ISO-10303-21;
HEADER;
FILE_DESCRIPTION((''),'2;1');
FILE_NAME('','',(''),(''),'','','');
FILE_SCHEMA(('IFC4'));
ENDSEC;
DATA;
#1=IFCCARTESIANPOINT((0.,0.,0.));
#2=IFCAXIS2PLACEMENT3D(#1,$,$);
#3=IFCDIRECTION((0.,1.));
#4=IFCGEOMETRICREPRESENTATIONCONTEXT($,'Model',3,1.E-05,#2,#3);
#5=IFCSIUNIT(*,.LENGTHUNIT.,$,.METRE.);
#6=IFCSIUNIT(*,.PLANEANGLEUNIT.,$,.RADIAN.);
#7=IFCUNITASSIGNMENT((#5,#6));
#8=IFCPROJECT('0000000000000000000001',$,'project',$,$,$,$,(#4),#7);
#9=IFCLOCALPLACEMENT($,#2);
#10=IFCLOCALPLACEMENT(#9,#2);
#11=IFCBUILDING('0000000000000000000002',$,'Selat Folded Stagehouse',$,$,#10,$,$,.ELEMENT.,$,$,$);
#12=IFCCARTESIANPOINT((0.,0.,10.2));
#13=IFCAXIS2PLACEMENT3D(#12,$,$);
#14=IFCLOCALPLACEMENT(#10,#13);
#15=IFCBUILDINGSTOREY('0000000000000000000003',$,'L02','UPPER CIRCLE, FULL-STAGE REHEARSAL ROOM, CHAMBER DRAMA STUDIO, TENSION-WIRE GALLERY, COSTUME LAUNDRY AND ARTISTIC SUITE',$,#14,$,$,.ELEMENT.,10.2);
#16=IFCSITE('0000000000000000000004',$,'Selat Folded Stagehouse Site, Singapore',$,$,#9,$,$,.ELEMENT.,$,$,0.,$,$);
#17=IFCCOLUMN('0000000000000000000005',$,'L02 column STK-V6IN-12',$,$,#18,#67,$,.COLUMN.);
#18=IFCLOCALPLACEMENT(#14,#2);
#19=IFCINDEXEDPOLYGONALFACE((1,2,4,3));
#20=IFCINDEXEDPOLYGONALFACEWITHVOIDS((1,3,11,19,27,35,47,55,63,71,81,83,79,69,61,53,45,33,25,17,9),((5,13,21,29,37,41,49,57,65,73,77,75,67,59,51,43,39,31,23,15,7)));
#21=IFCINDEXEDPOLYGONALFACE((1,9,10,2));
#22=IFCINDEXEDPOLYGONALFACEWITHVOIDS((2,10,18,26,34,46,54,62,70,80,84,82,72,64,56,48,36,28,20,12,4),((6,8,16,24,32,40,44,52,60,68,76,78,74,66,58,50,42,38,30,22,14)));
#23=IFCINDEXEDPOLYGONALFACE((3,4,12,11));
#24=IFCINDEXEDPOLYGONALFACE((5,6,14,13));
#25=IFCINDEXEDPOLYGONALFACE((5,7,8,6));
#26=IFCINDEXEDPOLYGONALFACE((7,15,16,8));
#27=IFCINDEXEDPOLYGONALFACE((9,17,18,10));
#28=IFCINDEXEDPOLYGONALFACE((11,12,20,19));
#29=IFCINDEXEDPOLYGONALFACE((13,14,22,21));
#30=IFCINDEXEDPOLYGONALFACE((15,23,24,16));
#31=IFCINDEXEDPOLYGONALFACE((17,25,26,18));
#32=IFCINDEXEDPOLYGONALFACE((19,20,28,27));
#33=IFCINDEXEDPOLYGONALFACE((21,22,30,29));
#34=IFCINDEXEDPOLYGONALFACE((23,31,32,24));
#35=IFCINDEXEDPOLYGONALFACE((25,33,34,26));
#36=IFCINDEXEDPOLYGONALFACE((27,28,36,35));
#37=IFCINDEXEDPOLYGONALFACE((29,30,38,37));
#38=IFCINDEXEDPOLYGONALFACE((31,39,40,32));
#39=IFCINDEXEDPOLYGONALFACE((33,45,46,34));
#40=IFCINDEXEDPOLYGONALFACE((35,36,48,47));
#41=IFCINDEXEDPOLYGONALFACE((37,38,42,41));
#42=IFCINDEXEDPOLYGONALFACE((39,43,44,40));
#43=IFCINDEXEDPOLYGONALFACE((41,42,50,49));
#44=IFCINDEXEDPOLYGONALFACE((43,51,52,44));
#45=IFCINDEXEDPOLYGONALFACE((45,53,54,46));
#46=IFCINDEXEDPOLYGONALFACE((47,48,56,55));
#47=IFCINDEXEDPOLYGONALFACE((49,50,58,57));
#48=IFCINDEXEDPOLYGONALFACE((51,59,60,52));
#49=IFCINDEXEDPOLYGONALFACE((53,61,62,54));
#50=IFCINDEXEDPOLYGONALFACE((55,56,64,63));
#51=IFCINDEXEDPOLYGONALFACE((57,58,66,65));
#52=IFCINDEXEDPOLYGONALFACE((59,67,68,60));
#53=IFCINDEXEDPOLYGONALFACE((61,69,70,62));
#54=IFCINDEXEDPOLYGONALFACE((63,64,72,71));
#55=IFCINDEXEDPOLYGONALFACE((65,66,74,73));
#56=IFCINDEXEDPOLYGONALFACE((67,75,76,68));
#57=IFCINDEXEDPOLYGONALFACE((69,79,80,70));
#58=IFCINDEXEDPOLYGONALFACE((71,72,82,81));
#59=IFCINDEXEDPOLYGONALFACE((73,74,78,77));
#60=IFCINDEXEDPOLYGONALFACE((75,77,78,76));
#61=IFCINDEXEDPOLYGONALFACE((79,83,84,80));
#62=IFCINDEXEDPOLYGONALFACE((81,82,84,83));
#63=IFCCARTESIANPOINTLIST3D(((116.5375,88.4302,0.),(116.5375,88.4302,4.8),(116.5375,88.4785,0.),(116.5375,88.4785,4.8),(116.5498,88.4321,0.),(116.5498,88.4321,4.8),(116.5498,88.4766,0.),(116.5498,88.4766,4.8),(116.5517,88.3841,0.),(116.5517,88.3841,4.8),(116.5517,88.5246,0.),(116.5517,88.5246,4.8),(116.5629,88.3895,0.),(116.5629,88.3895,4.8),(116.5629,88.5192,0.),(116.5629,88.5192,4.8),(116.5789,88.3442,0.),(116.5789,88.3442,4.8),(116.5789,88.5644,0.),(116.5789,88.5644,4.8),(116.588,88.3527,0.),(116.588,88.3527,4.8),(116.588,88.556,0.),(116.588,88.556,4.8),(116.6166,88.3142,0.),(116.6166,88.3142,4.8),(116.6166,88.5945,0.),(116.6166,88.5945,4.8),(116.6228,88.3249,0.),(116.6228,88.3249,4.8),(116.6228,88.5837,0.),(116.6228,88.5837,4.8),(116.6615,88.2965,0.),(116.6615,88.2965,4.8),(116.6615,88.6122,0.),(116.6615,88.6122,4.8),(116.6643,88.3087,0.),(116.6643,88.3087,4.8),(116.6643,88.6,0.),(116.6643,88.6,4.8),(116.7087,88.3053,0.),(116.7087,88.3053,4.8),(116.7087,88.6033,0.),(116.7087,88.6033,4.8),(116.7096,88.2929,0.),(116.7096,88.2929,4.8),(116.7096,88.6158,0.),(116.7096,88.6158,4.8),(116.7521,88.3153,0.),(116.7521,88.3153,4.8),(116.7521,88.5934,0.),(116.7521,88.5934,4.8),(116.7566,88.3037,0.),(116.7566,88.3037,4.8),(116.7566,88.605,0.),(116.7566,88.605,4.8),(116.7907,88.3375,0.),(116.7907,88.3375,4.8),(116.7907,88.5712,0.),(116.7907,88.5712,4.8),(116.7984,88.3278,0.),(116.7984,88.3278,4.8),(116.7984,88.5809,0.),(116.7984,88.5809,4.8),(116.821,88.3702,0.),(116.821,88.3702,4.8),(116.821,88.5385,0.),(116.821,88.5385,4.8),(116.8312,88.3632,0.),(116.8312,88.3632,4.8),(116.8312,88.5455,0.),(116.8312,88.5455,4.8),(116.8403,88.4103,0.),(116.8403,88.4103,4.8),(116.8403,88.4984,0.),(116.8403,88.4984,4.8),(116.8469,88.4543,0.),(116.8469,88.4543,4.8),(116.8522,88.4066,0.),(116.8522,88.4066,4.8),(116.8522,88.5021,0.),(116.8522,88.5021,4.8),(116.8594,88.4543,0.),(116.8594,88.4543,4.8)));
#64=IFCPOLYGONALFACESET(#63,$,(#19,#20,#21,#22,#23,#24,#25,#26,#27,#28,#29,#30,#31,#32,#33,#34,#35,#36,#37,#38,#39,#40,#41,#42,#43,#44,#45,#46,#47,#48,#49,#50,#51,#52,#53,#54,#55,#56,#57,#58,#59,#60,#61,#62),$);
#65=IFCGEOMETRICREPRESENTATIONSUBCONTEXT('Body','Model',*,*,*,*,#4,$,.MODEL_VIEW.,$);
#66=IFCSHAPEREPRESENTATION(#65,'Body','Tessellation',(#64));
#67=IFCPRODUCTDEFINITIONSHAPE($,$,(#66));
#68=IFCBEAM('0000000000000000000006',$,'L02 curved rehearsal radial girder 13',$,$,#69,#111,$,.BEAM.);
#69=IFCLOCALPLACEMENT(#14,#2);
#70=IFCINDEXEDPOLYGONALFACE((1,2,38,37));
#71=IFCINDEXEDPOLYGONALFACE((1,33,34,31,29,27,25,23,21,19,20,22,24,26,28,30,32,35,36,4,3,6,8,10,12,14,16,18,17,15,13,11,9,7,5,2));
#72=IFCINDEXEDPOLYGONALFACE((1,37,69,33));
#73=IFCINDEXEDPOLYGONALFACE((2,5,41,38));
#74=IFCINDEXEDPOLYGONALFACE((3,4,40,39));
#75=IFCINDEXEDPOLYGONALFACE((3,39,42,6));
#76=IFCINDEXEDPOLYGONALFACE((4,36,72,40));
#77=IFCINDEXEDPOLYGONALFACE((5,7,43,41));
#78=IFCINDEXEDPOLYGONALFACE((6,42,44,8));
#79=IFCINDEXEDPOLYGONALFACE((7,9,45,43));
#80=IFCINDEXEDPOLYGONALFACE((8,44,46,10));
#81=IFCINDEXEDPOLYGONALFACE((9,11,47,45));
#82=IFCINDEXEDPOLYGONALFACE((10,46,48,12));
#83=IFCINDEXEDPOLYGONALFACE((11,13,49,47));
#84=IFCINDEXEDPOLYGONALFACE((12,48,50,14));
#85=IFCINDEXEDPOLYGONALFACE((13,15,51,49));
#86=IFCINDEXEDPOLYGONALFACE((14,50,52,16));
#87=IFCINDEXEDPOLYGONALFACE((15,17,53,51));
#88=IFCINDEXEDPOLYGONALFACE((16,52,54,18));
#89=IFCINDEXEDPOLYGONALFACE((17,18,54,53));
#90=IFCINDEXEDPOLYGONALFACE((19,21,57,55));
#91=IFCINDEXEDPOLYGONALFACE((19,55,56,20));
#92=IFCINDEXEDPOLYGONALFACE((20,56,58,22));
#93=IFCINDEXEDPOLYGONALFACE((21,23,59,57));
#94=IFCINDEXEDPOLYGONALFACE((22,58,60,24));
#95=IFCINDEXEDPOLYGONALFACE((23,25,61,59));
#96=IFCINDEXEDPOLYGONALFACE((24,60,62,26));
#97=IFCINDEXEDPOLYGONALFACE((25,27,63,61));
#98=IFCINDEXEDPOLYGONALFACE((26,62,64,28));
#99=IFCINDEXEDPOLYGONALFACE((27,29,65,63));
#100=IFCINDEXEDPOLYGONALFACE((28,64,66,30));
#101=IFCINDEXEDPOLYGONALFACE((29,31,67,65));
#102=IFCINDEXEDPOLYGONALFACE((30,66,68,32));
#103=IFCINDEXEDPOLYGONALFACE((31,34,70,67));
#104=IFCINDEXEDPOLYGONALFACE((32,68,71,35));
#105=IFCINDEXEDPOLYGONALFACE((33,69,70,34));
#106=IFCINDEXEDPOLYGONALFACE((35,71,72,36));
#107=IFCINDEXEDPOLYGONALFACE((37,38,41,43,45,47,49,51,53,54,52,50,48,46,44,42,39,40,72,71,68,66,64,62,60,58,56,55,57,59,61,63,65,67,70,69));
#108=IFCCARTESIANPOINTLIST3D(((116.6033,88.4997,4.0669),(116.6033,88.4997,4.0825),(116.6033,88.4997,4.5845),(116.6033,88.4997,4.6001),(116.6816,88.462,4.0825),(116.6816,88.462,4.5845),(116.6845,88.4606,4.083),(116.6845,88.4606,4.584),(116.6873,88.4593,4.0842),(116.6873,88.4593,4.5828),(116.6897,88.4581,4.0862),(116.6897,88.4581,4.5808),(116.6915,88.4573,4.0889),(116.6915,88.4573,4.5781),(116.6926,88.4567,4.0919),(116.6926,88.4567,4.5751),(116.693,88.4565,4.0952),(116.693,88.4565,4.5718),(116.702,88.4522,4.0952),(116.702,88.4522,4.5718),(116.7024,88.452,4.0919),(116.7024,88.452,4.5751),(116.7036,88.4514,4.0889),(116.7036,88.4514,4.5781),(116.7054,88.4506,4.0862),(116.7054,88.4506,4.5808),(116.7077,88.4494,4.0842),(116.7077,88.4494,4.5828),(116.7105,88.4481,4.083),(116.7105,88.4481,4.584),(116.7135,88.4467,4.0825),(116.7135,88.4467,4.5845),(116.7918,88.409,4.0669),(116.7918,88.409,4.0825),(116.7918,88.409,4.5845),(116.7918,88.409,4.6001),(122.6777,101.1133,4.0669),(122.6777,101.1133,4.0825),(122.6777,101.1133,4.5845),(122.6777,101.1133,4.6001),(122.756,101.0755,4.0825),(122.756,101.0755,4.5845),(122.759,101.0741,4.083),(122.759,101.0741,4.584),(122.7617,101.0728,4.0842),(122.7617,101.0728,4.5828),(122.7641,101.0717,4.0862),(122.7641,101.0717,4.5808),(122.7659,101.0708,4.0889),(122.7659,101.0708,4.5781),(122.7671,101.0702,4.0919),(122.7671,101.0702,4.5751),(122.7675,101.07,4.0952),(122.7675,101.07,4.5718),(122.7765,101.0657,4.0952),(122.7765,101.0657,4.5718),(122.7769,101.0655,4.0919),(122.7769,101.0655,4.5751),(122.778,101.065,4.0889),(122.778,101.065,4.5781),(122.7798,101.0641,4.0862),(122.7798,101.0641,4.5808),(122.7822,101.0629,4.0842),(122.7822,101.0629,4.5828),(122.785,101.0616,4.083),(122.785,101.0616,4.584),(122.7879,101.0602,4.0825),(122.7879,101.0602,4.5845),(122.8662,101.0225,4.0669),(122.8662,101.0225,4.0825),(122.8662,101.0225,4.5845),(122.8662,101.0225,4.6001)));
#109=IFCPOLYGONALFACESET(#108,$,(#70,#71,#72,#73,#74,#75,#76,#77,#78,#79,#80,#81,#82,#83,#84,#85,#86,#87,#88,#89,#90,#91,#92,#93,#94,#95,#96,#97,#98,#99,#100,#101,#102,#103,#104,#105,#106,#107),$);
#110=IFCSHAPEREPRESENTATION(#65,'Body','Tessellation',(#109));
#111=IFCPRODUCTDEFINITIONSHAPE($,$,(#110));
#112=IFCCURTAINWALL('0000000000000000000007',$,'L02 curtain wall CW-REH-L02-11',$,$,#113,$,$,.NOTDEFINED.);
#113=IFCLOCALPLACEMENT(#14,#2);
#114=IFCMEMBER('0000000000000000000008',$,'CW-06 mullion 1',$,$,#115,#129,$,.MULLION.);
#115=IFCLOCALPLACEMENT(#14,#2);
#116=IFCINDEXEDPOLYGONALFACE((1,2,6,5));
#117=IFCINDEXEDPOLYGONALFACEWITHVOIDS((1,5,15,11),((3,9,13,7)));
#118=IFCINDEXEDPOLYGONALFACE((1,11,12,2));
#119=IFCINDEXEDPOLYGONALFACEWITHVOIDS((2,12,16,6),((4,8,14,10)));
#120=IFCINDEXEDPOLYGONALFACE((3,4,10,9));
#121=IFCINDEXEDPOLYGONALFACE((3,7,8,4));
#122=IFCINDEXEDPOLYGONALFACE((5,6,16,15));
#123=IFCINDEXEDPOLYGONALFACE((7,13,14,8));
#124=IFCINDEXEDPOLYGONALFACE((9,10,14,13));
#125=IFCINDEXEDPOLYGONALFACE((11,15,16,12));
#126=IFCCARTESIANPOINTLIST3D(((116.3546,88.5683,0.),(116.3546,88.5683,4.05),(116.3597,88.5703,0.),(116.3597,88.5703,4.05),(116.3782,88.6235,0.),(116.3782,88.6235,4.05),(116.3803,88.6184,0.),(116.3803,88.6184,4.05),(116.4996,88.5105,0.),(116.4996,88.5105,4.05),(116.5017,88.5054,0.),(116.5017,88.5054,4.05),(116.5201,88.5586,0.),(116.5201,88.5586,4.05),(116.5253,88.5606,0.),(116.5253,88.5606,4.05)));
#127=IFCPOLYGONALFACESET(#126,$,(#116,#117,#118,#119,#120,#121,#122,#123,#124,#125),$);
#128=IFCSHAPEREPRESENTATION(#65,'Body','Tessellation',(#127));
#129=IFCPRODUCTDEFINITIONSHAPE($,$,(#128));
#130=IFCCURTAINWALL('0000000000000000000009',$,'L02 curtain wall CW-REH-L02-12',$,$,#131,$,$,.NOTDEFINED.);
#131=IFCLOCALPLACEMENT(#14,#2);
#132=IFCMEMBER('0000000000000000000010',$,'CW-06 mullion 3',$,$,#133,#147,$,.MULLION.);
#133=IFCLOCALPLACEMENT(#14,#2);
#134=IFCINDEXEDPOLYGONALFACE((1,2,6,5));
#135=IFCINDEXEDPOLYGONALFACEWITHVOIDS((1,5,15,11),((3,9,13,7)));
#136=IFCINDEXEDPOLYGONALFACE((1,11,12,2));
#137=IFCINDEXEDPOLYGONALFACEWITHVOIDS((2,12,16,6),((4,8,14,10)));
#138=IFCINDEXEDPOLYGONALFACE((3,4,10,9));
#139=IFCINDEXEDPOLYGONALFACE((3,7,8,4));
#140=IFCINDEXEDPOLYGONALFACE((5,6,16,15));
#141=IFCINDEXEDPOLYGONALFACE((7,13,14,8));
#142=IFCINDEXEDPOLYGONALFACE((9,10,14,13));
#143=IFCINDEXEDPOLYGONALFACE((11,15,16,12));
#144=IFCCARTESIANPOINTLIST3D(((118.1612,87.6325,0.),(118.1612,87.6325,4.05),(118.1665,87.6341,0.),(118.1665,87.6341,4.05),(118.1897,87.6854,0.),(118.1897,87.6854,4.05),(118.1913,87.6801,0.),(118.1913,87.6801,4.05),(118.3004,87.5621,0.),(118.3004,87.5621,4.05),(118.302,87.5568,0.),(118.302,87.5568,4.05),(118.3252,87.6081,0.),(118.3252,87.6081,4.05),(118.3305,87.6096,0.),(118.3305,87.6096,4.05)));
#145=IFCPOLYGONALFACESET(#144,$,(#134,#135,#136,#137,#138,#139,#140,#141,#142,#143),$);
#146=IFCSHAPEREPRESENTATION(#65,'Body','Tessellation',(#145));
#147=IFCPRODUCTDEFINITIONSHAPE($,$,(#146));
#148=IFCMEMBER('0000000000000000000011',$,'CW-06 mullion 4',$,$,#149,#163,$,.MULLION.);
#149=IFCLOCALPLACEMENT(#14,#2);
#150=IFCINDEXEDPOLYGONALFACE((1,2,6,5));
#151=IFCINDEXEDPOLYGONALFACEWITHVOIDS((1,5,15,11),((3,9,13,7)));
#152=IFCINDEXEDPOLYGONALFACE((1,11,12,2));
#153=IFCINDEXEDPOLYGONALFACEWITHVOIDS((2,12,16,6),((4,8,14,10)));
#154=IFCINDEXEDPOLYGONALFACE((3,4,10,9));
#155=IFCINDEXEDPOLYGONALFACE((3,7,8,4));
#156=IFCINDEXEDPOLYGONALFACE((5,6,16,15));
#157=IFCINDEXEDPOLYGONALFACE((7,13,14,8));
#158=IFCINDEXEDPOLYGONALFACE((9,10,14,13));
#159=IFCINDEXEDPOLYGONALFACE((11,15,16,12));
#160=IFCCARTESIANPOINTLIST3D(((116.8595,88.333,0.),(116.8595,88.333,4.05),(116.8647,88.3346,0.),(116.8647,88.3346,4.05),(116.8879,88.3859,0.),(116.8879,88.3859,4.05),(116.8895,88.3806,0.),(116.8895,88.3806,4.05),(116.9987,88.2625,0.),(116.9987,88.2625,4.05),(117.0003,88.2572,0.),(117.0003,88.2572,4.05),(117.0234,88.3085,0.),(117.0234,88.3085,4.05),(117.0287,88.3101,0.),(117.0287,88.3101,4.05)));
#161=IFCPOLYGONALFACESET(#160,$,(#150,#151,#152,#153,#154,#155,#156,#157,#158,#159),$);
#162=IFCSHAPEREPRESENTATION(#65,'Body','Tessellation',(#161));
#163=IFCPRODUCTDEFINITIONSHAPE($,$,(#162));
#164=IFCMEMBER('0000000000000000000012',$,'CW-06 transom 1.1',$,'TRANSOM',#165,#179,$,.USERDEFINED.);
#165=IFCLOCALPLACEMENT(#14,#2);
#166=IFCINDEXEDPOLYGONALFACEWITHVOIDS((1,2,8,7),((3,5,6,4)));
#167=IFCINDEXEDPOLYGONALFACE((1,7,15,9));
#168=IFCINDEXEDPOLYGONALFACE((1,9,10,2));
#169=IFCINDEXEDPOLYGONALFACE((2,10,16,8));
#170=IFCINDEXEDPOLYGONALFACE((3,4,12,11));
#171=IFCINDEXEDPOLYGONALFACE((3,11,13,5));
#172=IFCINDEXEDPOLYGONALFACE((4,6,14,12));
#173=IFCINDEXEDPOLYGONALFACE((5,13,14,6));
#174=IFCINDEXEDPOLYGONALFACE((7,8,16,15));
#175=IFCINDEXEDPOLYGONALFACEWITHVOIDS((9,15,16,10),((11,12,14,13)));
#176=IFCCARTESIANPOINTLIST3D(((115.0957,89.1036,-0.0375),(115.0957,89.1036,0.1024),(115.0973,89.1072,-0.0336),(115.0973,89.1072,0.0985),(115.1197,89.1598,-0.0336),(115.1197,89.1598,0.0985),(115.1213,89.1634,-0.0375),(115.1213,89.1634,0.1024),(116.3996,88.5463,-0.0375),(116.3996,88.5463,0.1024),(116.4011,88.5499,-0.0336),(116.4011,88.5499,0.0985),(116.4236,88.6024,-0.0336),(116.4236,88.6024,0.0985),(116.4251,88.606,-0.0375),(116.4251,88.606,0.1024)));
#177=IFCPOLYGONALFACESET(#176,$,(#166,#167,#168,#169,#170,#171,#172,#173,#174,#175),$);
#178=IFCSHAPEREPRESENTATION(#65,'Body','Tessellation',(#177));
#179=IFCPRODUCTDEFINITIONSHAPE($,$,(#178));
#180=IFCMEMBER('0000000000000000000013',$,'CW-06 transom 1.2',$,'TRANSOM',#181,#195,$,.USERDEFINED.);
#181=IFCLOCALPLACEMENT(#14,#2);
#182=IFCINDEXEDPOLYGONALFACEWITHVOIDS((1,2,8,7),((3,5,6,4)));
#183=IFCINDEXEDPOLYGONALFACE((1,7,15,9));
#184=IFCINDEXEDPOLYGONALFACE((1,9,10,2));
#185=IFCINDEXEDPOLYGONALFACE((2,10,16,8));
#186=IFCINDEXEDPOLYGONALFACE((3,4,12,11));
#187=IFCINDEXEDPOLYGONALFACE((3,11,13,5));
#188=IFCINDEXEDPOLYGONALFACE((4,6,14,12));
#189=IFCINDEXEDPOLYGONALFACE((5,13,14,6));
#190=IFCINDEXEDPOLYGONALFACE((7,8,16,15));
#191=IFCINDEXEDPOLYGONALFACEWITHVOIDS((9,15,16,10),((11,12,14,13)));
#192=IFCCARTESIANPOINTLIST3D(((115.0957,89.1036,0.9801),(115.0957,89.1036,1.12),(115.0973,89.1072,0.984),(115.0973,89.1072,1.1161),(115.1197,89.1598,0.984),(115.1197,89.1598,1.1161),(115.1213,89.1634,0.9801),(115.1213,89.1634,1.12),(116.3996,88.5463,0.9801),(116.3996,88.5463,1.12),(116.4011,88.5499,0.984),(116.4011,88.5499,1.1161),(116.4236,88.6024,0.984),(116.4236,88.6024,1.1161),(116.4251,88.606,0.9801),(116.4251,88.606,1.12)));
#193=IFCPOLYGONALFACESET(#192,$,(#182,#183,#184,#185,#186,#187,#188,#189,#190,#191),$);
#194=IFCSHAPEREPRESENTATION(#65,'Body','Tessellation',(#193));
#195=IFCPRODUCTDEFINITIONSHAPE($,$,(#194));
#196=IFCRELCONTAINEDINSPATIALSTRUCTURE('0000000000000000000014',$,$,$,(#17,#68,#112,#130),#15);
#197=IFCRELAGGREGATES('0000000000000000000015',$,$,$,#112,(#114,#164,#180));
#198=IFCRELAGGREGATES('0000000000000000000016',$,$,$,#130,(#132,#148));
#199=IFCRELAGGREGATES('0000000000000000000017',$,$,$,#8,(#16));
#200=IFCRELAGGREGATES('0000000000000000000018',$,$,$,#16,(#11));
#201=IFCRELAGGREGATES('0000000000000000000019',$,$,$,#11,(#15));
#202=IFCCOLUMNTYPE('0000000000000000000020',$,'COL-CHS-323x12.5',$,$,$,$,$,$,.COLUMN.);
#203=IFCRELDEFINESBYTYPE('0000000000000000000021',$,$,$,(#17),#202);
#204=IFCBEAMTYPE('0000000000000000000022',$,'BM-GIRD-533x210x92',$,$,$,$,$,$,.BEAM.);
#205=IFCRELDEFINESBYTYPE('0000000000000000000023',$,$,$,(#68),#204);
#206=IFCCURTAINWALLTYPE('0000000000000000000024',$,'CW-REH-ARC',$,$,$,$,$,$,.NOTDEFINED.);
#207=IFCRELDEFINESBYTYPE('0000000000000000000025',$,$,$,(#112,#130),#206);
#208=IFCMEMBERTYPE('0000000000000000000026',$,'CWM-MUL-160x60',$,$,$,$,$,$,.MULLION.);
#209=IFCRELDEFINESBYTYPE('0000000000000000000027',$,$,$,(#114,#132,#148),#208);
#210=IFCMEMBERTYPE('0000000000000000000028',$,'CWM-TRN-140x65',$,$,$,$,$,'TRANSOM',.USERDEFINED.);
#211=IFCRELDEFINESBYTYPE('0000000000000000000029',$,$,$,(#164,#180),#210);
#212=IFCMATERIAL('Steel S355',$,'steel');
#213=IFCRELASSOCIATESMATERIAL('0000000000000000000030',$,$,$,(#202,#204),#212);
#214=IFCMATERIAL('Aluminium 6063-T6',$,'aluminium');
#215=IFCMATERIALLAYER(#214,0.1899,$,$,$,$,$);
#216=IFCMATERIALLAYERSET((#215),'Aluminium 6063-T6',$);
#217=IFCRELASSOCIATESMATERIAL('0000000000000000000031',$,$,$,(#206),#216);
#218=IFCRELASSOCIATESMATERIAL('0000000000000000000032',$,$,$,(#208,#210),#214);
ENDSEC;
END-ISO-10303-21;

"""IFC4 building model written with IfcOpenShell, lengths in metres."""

from ifc_helpers import new_model, si_unit, direction, frame, origin, origin_2d, place, context, subcontext, project, spatial, hollow_rectangle, hollow_circle, i_section, extrude, material, layer, layer_set, material_profile, profile_set, type_object, element, aggregate, save


model = new_model("IFC4")

# Units and contexts
model_context = context("Model", 3, precision=1e-05, world=origin(), true_north=direction((0.0, 1.0)))
body_context = subcontext(model_context, "Body", "Model", "MODEL_VIEW")
ifc_project = project(units=[si_unit("LENGTHUNIT", "METRE"), si_unit("PLANEANGLEUNIT", "RADIAN")], contexts=[model_context])

# Site, building, storey
site_placement = place(None, origin())
site = spatial("IfcSite", under=ifc_project, at=site_placement, Name="Selat Folded Stagehouse Site, Singapore", CompositionType="ELEMENT", RefElevation=0.0)
building_placement = place(site_placement, origin())
building = spatial("IfcBuilding", under=site, at=building_placement, Name="Selat Folded Stagehouse", CompositionType="ELEMENT")
storey_placement = place(building_placement, frame((0.0, 0.0, 10.2)))
storey = spatial("IfcBuildingStorey", under=building, at=storey_placement, Name="L02", Description="UPPER CIRCLE, FULL-STAGE REHEARSAL ROOM, CHAMBER DRAMA STUDIO, TENSION-WIRE GALLERY, COSTUME LAUNDRY AND ARTISTIC SUITE", CompositionType="ELEMENT", Elevation=10.2)

# Column
ifc_material_1 = material(Name="Steel S355", Category="steel")
ifc_material_profile_1 = material_profile(ifc_material_1, hollow_circle(Radius=0.1619, WallThickness=0.0125, at=origin_2d()), Name="CHS 323.9x12.5")
ifc_profile_set_1 = profile_set([ifc_material_profile_1], Name="Steel S355")
column_type = type_object("IfcColumnType", Name="COL-CHS-323x12.5", PredefinedType="COLUMN", material=ifc_profile_set_1)
column_placement = place(storey_placement, frame((116.6975, 88.4543, 0.0), z_axis=(0.0, 0.0, 1.0), x_axis=(1.0, 0.0, 0.0)))
element("IfcColumn", 1, at=column_placement, inside=storey, type_object=column_type, Name="L02 column STK-V6IN-12", PredefinedType="COLUMN", context=body_context, shape_type="SweptSolid", body=[
    extrude(hollow_circle(Radius=0.1619, WallThickness=0.0125, at=origin_2d()), origin(), (0.0, 0.0, 1.0), 4.8),
])

# Beam
ifc_material_profile_2 = material_profile(ifc_material_1, i_section(OverallWidth=0.2092, OverallDepth=0.5332, WebThickness=0.01, FlangeThickness=0.0156, FilletRadius=0.0127, at=origin_2d()), Name="UKB 533x210x92")
ifc_profile_set_2 = profile_set([ifc_material_profile_2], Name="Steel S355")
beam_type_1 = type_object("IfcBeamType", Name="BM-GIRD-533x210x92", PredefinedType="BEAM", material=ifc_profile_set_2)
beam_1_placement = place(storey_placement, frame((116.6975, 88.4543, 4.3335), z_axis=(0.43389, 0.900966, 0.0), x_axis=(-0.900966, 0.43389, 0.0)))
element("IfcBeam", 2, at=beam_1_placement, inside=storey, type_object=beam_type_1, Name="L02 curved rehearsal radial girder 13", PredefinedType="BEAM", context=body_context, shape_type="SweptSolid", body=[
    extrude(i_section(OverallWidth=0.2092, OverallDepth=0.5332, WebThickness=0.01, FlangeThickness=0.0156, FilletRadius=0.0127, at=origin_2d()), origin(), (0.0, 0.0, 1.0), 14.0),
])

# Curtain wall, member
ifc_material_2 = material(Name="Aluminium 6063-T6", Category="aluminium")
ifc_layer_1 = layer(ifc_material_2, 0.1899)
ifc_layer_set_1 = layer_set([ifc_layer_1], Name="Aluminium 6063-T6")
curtain_wall_type_1 = type_object("IfcCurtainWallType", Name="CW-REH-ARC", PredefinedType="NOTDEFINED", material=ifc_layer_set_1)
curtain_wall_1_placement = place(storey_placement, origin())
curtain_wall_1 = element("IfcCurtainWall", 3, at=curtain_wall_1_placement, inside=storey, type_object=curtain_wall_type_1, Name="L02 curtain wall CW-REH-L02-11", PredefinedType="NOTDEFINED")
ifc_material_profile_3 = material_profile(ifc_material_2, hollow_rectangle(XDim=0.0601, YDim=0.1599, WallThickness=0.0039, at=origin_2d()), Name="ALU 160x60x4.0")
ifc_profile_set_3 = profile_set([ifc_material_profile_3], Name="Aluminium 6063-T6")
member_type_1 = type_object("IfcMemberType", Name="CWM-MUL-160x60", PredefinedType="MULLION", material=ifc_profile_set_3)
member_1_placement = place(storey_placement, frame((116.4399, 88.5645, 0.0), z_axis=(0.0, 0.0, 1.0), x_axis=(-0.393012, -0.919533, 0.0)))
member_1 = element("IfcMember", 4, at=member_1_placement, type_object=member_type_1, Name="CW-06 mullion 1", PredefinedType="MULLION", context=body_context, shape_type="SweptSolid", body=[
    extrude(hollow_rectangle(XDim=0.0601, YDim=0.1599, WallThickness=0.0039, at=origin_2d()), origin(), (0.0, 0.0, 1.0), 4.05),
])

# Curtain wall, members
curtain_wall_2_placement = place(storey_placement, origin())
curtain_wall_2 = element("IfcCurtainWall", 5, at=curtain_wall_2_placement, inside=storey, type_object=curtain_wall_type_1, Name="L02 curtain wall CW-REH-L02-12", PredefinedType="NOTDEFINED")
member_2_placement = place(storey_placement, frame((118.2458, 87.6211, 0.0), z_axis=(0.0, 0.0, 1.0), x_axis=(-0.473859, -0.880601, 0.0)))
member_2 = element("IfcMember", 6, at=member_2_placement, type_object=member_type_1, Name="CW-06 mullion 3", PredefinedType="MULLION", context=body_context, shape_type="SweptSolid", body=[
    extrude(hollow_rectangle(XDim=0.0601, YDim=0.1599, WallThickness=0.0039, at=origin_2d()), origin(), (0.0, 0.0, 1.0), 4.05),
])
member_3_placement = place(storey_placement, frame((116.9441, 88.3215, 0.0), z_axis=(0.0, 0.0, 1.0), x_axis=(-0.473859, -0.880601, 0.0)))
member_3 = element("IfcMember", 7, at=member_3_placement, type_object=member_type_1, Name="CW-06 mullion 4", PredefinedType="MULLION", context=body_context, shape_type="SweptSolid", body=[
    extrude(hollow_rectangle(XDim=0.0601, YDim=0.1599, WallThickness=0.0039, at=origin_2d()), origin(), (0.0, 0.0, 1.0), 4.05),
])

# Members
ifc_material_profile_4 = material_profile(ifc_material_2, hollow_rectangle(XDim=0.0649, YDim=0.1399, WallThickness=0.0039, at=origin_2d()), Name="ALU 140x65x4.0")
ifc_profile_set_4 = profile_set([ifc_material_profile_4], Name="Aluminium 6063-T6")
member_type_2 = type_object("IfcMemberType", Name="CWM-TRN-140x65", ElementType="TRANSOM", PredefinedType="USERDEFINED", material=ifc_profile_set_4)
member_4_placement = place(storey_placement, frame((116.4124, 88.5762, 0.0325), z_axis=(-0.919519, 0.393046, 0.0), x_axis=(-0.393046, -0.919519, 0.0)))
member_4 = element("IfcMember", 8, at=member_4_placement, type_object=member_type_2, Name="CW-06 transom 1.1", ObjectType="TRANSOM", PredefinedType="USERDEFINED", context=body_context, shape_type="SweptSolid", body=[
    extrude(hollow_rectangle(XDim=0.0649, YDim=0.1399, WallThickness=0.0039, at=origin_2d()), origin(), (0.0, 0.0, 1.0), 1.418),
])
member_5_placement = place(storey_placement, frame((116.4124, 88.5762, 1.05), z_axis=(-0.919519, 0.393046, 0.0), x_axis=(-0.393046, -0.919519, 0.0)))
member_5 = element("IfcMember", 9, at=member_5_placement, type_object=member_type_2, Name="CW-06 transom 1.2", ObjectType="TRANSOM", PredefinedType="USERDEFINED", context=body_context, shape_type="SweptSolid", body=[
    extrude(hollow_rectangle(XDim=0.0649, YDim=0.1399, WallThickness=0.0039, at=origin_2d()), origin(), (0.0, 0.0, 1.0), 1.418),
])
aggregate(curtain_wall_1, [member_1, member_4, member_5])

aggregate(curtain_wall_2, [member_2, member_3])

save(model, "model.ifc")
